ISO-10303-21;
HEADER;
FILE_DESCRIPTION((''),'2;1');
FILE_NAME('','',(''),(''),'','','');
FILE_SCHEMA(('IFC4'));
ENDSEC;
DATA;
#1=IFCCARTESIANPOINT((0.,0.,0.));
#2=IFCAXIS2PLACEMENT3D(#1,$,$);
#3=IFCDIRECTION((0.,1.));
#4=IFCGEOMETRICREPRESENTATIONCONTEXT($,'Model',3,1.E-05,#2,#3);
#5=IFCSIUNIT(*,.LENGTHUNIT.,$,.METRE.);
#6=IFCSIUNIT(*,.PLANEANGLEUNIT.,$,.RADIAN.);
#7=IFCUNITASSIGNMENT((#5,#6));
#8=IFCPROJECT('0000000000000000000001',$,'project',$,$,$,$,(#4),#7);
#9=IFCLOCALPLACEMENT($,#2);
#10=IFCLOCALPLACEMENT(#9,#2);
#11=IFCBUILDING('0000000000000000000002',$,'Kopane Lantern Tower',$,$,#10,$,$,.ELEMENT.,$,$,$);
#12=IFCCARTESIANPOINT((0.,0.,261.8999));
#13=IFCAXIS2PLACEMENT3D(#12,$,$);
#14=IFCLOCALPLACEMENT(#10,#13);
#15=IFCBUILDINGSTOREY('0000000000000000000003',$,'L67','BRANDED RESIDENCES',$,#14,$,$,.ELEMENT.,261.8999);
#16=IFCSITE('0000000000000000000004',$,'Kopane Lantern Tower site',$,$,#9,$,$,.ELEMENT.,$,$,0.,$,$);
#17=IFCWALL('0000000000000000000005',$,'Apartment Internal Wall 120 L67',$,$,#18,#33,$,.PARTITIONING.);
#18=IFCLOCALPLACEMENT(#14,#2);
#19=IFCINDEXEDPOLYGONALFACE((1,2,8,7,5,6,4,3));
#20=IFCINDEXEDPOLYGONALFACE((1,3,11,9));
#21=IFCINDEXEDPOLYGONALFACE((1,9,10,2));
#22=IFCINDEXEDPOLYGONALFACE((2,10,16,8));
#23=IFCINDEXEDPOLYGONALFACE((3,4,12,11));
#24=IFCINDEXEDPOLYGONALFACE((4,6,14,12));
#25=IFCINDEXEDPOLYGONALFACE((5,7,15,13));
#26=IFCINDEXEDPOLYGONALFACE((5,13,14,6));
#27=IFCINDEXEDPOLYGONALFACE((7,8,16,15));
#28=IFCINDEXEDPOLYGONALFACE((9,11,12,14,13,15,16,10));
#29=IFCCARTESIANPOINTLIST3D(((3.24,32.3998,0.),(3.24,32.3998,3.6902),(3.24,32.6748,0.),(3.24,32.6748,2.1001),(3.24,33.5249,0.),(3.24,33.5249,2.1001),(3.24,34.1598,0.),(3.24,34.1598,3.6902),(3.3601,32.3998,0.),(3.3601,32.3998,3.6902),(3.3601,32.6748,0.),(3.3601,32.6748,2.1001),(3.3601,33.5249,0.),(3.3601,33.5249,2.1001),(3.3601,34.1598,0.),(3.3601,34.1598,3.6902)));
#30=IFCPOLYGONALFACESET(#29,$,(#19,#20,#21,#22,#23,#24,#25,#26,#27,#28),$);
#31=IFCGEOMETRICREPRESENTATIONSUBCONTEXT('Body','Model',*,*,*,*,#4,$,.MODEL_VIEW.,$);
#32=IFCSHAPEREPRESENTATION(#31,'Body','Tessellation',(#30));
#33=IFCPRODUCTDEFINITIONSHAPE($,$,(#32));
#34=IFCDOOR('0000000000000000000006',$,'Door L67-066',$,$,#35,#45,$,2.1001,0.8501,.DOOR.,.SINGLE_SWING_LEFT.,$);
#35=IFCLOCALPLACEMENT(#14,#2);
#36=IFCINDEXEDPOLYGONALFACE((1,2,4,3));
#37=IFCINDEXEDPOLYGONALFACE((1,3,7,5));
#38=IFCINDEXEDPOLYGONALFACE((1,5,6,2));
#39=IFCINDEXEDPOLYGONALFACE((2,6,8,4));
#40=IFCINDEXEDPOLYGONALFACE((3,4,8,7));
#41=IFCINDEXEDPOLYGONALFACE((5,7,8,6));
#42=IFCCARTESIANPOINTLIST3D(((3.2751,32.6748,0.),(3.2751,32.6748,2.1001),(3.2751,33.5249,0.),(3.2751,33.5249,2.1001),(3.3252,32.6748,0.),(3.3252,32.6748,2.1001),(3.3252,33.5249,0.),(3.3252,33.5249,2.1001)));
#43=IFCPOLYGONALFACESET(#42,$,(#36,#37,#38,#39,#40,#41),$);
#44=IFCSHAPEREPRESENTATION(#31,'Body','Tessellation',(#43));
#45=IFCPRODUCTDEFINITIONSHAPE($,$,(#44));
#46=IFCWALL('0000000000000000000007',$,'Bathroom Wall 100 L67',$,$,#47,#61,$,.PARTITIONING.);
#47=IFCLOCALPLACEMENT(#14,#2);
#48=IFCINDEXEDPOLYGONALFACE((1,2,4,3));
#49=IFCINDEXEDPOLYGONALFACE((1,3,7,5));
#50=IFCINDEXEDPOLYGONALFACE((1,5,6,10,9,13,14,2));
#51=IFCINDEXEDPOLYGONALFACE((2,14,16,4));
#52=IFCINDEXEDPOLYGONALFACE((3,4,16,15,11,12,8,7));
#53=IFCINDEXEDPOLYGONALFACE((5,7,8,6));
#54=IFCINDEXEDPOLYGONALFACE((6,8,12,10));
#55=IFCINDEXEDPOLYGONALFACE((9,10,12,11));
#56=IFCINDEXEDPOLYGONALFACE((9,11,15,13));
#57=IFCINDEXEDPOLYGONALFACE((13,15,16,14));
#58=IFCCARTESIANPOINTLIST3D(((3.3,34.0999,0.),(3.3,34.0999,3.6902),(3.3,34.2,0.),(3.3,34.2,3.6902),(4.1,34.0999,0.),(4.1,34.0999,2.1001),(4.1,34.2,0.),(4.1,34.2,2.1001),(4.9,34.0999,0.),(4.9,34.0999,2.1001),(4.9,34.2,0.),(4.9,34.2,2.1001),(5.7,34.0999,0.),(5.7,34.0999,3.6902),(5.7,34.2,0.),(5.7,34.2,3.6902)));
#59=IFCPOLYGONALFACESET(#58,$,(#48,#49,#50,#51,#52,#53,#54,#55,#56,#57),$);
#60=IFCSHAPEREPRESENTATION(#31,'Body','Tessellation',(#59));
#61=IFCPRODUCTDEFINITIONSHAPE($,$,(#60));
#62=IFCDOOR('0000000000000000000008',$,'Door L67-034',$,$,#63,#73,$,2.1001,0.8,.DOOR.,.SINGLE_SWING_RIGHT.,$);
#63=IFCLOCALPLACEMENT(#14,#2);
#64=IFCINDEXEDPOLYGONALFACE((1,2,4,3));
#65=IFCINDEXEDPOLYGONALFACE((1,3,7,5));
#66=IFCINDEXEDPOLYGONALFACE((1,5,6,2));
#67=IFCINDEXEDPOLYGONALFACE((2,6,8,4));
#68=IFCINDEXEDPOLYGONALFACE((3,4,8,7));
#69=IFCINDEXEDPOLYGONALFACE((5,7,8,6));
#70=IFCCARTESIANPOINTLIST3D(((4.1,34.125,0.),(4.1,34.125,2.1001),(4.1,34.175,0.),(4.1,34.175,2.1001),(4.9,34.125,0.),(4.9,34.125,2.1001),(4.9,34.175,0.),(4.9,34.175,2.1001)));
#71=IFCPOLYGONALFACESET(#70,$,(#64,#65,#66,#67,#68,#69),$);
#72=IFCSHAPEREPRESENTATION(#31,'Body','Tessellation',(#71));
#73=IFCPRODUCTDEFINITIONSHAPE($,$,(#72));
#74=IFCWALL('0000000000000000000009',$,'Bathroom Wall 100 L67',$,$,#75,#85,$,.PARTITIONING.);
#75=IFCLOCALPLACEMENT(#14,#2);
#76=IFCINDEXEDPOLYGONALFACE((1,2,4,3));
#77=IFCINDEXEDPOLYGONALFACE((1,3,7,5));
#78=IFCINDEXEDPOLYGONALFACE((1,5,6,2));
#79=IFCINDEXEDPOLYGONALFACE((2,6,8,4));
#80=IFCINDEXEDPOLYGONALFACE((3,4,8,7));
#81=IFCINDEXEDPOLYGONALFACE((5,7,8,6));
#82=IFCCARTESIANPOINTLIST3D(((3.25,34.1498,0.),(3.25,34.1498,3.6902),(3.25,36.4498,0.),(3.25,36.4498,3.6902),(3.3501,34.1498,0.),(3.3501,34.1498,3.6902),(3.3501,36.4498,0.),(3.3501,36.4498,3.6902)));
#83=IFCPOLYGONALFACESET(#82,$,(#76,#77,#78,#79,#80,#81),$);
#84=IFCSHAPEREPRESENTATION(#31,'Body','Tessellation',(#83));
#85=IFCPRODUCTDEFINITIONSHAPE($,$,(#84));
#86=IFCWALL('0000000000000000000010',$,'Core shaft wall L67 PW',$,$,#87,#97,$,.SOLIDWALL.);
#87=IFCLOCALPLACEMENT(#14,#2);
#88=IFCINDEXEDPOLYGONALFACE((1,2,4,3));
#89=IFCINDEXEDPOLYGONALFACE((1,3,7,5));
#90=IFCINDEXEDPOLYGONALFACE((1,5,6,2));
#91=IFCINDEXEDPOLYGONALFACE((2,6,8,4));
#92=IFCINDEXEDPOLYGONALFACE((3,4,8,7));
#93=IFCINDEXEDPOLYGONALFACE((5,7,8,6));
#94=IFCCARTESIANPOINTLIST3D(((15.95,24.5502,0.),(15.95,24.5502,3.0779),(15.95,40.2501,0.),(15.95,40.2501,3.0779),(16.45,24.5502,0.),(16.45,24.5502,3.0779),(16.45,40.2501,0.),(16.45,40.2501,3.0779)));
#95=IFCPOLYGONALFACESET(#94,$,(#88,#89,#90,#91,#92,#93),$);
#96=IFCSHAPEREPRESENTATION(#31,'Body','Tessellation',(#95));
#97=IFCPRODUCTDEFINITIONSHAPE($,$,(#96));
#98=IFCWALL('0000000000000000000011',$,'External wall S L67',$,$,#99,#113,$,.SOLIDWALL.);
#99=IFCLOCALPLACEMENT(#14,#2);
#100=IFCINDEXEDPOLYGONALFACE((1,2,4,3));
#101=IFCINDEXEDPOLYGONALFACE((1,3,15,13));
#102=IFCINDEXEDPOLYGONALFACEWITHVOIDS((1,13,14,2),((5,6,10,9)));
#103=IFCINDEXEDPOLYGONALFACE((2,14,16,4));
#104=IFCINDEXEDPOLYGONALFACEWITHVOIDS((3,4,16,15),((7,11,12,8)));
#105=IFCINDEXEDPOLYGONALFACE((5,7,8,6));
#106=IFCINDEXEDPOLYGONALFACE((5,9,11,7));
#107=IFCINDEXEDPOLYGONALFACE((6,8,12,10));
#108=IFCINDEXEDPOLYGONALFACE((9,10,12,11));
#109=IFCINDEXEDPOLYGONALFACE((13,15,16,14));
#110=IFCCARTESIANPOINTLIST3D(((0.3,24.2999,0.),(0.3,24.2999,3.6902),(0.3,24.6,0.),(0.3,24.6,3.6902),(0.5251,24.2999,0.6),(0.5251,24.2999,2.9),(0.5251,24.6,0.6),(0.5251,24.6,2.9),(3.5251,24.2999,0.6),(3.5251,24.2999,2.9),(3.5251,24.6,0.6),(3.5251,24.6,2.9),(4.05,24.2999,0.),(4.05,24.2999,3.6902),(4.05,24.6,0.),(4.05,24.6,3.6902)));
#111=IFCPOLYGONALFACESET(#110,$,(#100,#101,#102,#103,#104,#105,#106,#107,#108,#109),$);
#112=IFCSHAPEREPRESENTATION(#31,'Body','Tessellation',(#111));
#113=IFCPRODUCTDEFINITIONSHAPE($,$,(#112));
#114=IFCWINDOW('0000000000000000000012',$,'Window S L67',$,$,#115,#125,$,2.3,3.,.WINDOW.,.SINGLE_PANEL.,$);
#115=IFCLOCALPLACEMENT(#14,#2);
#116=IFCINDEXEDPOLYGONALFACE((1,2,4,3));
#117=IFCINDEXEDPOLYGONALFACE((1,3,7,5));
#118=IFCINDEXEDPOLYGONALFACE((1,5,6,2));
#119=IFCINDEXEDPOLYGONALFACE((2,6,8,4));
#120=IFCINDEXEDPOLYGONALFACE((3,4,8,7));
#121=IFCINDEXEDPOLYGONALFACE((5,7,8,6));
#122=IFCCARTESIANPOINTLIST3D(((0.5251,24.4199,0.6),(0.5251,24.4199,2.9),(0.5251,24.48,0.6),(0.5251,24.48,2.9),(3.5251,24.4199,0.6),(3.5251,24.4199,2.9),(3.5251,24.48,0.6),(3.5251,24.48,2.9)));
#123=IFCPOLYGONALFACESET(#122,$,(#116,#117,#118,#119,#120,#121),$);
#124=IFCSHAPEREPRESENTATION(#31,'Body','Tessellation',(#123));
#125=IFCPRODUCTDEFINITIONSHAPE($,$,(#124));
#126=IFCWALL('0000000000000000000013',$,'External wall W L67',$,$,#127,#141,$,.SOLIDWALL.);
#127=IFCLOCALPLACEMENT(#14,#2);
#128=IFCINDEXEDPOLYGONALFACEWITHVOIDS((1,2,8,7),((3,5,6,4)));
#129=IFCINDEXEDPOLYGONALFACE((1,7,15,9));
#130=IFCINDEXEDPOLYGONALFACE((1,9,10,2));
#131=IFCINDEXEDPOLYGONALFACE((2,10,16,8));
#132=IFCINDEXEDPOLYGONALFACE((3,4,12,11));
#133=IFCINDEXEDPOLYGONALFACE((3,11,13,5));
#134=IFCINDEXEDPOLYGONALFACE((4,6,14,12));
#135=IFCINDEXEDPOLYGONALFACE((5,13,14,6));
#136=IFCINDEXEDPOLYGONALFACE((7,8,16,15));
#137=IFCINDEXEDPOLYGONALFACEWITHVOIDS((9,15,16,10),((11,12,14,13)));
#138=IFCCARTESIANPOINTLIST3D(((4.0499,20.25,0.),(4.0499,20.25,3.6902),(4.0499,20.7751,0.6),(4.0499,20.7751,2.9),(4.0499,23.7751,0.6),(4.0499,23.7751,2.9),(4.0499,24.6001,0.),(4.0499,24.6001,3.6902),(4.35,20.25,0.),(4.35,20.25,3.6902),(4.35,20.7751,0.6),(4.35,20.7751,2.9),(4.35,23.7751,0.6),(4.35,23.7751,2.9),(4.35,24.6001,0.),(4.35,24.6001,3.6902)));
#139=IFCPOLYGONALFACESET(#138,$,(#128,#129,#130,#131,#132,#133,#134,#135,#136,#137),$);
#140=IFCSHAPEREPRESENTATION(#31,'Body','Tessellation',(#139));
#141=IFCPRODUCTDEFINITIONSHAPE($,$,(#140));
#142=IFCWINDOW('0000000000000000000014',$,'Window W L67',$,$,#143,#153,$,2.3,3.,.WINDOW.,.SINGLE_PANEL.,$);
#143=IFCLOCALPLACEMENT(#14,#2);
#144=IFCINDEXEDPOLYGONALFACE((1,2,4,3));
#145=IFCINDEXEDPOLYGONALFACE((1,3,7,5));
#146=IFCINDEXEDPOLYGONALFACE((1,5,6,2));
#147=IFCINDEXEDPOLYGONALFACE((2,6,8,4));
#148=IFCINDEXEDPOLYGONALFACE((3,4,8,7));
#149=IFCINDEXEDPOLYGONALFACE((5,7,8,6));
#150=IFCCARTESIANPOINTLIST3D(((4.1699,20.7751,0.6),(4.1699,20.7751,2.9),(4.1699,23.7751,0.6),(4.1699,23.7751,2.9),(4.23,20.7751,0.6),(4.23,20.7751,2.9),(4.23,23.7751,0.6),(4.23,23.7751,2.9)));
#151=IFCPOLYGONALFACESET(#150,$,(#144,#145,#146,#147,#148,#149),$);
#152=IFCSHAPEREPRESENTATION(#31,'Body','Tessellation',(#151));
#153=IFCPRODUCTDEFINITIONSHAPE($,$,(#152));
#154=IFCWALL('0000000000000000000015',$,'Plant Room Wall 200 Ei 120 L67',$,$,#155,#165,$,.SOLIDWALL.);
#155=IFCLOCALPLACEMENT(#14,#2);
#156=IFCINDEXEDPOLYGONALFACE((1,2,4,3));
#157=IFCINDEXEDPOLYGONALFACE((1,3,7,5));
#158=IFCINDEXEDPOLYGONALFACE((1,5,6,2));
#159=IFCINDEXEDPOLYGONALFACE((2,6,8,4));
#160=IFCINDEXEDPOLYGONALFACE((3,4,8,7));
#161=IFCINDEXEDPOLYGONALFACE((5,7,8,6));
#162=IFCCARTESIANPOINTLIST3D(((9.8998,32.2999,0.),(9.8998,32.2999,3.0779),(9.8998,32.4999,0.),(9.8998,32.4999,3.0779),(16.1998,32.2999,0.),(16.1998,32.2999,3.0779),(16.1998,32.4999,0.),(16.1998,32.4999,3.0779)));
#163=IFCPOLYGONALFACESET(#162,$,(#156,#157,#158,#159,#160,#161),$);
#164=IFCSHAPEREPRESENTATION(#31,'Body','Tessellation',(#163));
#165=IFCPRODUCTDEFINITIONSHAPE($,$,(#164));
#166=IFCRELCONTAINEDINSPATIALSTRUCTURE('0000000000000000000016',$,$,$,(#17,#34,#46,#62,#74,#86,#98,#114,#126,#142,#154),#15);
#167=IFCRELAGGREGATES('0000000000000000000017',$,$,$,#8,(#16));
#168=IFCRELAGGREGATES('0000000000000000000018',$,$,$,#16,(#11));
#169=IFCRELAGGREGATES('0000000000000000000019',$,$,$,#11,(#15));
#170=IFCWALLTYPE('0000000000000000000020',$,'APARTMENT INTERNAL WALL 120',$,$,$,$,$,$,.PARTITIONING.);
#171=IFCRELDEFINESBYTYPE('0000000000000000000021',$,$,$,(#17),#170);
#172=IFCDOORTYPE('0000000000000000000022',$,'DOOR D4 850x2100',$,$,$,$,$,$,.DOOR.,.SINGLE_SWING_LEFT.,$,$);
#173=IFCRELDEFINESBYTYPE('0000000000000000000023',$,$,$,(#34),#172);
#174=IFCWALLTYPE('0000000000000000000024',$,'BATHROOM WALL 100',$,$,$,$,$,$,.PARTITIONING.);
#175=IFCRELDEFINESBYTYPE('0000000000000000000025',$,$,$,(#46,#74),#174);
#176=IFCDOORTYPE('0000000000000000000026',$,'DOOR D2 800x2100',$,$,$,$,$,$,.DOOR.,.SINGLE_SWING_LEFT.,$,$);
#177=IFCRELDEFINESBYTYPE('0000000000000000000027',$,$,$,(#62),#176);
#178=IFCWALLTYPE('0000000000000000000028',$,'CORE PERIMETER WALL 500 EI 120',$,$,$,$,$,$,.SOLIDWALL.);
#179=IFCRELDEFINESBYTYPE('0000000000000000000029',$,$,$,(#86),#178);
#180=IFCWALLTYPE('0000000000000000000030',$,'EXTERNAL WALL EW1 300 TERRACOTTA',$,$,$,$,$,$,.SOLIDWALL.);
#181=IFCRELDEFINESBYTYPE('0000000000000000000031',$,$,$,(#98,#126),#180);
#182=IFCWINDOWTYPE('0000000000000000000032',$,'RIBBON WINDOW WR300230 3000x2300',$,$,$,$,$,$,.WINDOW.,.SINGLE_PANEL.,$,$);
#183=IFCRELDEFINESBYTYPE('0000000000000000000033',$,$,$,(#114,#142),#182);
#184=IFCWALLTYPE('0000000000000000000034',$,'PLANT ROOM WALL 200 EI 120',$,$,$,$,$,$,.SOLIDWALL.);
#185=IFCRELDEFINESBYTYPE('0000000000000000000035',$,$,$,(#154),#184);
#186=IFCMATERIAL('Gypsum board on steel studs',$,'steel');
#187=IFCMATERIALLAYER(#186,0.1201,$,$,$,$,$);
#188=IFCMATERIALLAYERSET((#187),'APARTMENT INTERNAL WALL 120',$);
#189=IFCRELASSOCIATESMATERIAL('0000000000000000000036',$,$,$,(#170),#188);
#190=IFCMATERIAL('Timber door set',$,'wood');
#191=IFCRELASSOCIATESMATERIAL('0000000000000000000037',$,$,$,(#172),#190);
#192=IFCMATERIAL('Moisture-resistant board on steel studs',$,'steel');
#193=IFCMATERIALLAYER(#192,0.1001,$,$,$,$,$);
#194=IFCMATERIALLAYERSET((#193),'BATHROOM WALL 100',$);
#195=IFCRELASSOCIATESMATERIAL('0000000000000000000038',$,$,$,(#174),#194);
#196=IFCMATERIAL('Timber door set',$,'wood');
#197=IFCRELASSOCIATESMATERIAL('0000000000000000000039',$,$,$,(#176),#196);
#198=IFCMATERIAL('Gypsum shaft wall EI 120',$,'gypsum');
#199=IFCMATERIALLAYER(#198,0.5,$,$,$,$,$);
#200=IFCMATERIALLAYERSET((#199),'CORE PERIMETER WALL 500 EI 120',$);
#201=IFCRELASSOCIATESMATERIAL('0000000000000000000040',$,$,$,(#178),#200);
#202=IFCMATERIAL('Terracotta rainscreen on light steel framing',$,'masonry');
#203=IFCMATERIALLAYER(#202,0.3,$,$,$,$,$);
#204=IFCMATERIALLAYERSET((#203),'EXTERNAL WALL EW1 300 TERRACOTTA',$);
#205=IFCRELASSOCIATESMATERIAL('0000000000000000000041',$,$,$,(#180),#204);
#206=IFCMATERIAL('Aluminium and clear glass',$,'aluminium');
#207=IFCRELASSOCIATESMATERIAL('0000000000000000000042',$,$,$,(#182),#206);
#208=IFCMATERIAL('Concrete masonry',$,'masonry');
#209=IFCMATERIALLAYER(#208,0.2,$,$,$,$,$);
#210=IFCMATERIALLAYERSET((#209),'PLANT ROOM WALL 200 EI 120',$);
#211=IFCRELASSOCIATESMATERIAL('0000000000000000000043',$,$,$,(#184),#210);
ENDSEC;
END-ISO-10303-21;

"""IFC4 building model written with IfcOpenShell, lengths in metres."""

from ifc_helpers import new_model, si_unit, direction, frame, frame_2d, origin, place, context, subcontext, project, spatial, rectangle, extrude, material, layer, layer_set, type_object, element, fill, save


model = new_model("IFC4")

# Units and contexts
model_context = context("Model", 3, precision=1e-05, world=origin(), true_north=direction((0.0, 1.0)))
body_context = subcontext(model_context, "Body", "Model", "MODEL_VIEW")
ifc_project = project(units=[si_unit("LENGTHUNIT", "METRE"), si_unit("PLANEANGLEUNIT", "RADIAN")], contexts=[model_context])

# Site, building, storey
site_placement = place(None, origin())
site = spatial("IfcSite", under=ifc_project, at=site_placement, Name="Kopane Lantern Tower site", CompositionType="ELEMENT", RefElevation=0.0)
building_placement = place(site_placement, origin())
building = spatial("IfcBuilding", under=site, at=building_placement, Name="Kopane Lantern Tower", CompositionType="ELEMENT")
storey_placement = place(building_placement, frame((0.0, 0.0, 261.8999)))
storey = spatial("IfcBuildingStorey", under=building, at=storey_placement, Name="L67", Description="BRANDED RESIDENCES", CompositionType="ELEMENT", Elevation=261.8999)

# Shared definitions
ifc_material_1 = material(Name="Gypsum board on steel studs", Category="steel")
ifc_layer_1 = layer(ifc_material_1, 0.1201)
ifc_layer_set_1 = layer_set([ifc_layer_1], Name="APARTMENT INTERNAL WALL 120")
wall_type_1 = type_object("IfcWallType", Name="APARTMENT INTERNAL WALL 120", PredefinedType="PARTITIONING", material=ifc_layer_set_1)

# Walls, openings, doors
wall_1_placement = place(storey_placement, frame((3.3, 32.3999, 0.0), z_axis=(0.0, 0.0, 1.0), x_axis=(0.0, 1.0, 0.0)))
wall_1 = element("IfcWall", 1, at=wall_1_placement, inside=storey, type_object=wall_type_1, Name="Apartment Internal Wall 120 L67", PredefinedType="PARTITIONING", context=body_context, shape_type="SweptSolid", body=[
    extrude(rectangle(XDim=1.76, YDim=0.1201, at=frame_2d((0.8799, 0.0))), origin(), (0.0, 0.0, 1.0), 3.6902),
])
opening_1_placement = place(wall_1_placement, frame((0.2749, 0.0, 0.0)))
opening_1 = element("IfcOpeningElement", 2, at=opening_1_placement, cuts=wall_1, PredefinedType="OPENING", context=body_context, shape_type="SweptSolid", body=[
    extrude(rectangle(XDim=0.8501, YDim=2.1001, at=frame_2d((0.425, 1.05))), frame((0.0, 0.0701, 0.0), z_axis=(0.0, -1.0, 0.0), x_axis=(1.0, 0.0, 0.0)), (0.0, 0.0, 1.0), 0.1401),
])
ifc_material_2 = material(Name="Timber door set", Category="wood")
door_type_1 = type_object("IfcDoorType", Name="DOOR D4 850x2100", OperationType="SINGLE_SWING_LEFT", PredefinedType="DOOR", material=ifc_material_2)
door_1_placement = place(opening_1_placement, origin())
door_1 = element("IfcDoor", 3, at=door_1_placement, inside=storey, type_object=door_type_1, Name="Door L67-066", OperationType="SINGLE_SWING_LEFT", OverallHeight=2.1001, OverallWidth=0.8501, PredefinedType="DOOR", context=body_context, shape_type="SweptSolid", body=[
    extrude(rectangle(XDim=0.8501, YDim=2.1001, at=frame_2d((0.425, 1.05))), frame((0.0, 0.0249, 0.0), z_axis=(0.0, -1.0, 0.0), x_axis=(1.0, 0.0, 0.0)), (0.0, 0.0, 1.0), 0.05),
])
fill(opening_1, door_1)
ifc_material_3 = material(Name="Moisture-resistant board on steel studs", Category="steel")
ifc_layer_2 = layer(ifc_material_3, 0.1001)
ifc_layer_set_2 = layer_set([ifc_layer_2], Name="BATHROOM WALL 100")
wall_type_2 = type_object("IfcWallType", Name="BATHROOM WALL 100", PredefinedType="PARTITIONING", material=ifc_layer_set_2)
wall_2_placement = place(storey_placement, frame((5.7, 34.1499, 0.0), z_axis=(0.0, 0.0, 1.0), x_axis=(-1.0, 0.0, 0.0)))
wall_2 = element("IfcWall", 4, at=wall_2_placement, inside=storey, type_object=wall_type_2, Name="Bathroom Wall 100 L67", PredefinedType="PARTITIONING", context=body_context, shape_type="SweptSolid", body=[
    extrude(rectangle(XDim=2.3999, YDim=0.1001, at=frame_2d((1.2, 0.0))), origin(), (0.0, 0.0, 1.0), 3.6902),
])
opening_2_placement = place(wall_2_placement, frame((0.8, 0.0, 0.0)))
opening_2 = element("IfcOpeningElement", 5, at=opening_2_placement, cuts=wall_2, PredefinedType="OPENING", context=body_context, shape_type="SweptSolid", body=[
    extrude(rectangle(XDim=0.8, YDim=2.1001, at=frame_2d((0.3999, 1.05))), frame((0.0, 0.0601, 0.0), z_axis=(0.0, -1.0, 0.0), x_axis=(1.0, 0.0, 0.0)), (0.0, 0.0, 1.0), 0.1201),
])
ifc_material_4 = material(Name="Timber door set", Category="wood")
door_type_2 = type_object("IfcDoorType", Name="DOOR D2 800x2100", OperationType="SINGLE_SWING_LEFT", PredefinedType="DOOR", material=ifc_material_4)
door_2_placement = place(opening_2_placement, origin())
door_2 = element("IfcDoor", 6, at=door_2_placement, inside=storey, type_object=door_type_2, Name="Door L67-034", OperationType="SINGLE_SWING_RIGHT", OverallHeight=2.1001, OverallWidth=0.8, PredefinedType="DOOR", context=body_context, shape_type="SweptSolid", body=[
    extrude(rectangle(XDim=0.8, YDim=2.1001, at=frame_2d((0.3999, 1.05))), frame((0.0, 0.0249, 0.0), z_axis=(0.0, -1.0, 0.0), x_axis=(1.0, 0.0, 0.0)), (0.0, 0.0, 1.0), 0.05),
])
fill(opening_2, door_2)

# Walls
wall_3_placement = place(storey_placement, frame((3.3, 34.1499, 0.0), z_axis=(0.0, 0.0, 1.0), x_axis=(0.0, 1.0, 0.0)))
element("IfcWall", 7, at=wall_3_placement, inside=storey, type_object=wall_type_2, Name="Bathroom Wall 100 L67", PredefinedType="PARTITIONING", context=body_context, shape_type="SweptSolid", body=[
    extrude(rectangle(XDim=2.3, YDim=0.1001, at=frame_2d((1.1499, 0.0))), origin(), (0.0, 0.0, 1.0), 3.6902),
])
ifc_material_5 = material(Name="Gypsum shaft wall EI 120", Category="gypsum")
ifc_layer_3 = layer(ifc_material_5, 0.5)
ifc_layer_set_3 = layer_set([ifc_layer_3], Name="CORE PERIMETER WALL 500 EI 120")
wall_type_3 = type_object("IfcWallType", Name="CORE PERIMETER WALL 500 EI 120", PredefinedType="SOLIDWALL", material=ifc_layer_set_3)
wall_4_placement = place(storey_placement, frame((16.2, 24.55, 0.0), z_axis=(0.0, 0.0, 1.0), x_axis=(0.0, 1.0, 0.0)))
element("IfcWall", 8, at=wall_4_placement, inside=storey, type_object=wall_type_3, Name="Core shaft wall L67 PW", PredefinedType="SOLIDWALL", context=body_context, shape_type="SweptSolid", body=[
    extrude(rectangle(XDim=15.7, YDim=0.5, at=frame_2d((7.8501, 0.0))), origin(), (0.0, 0.0, 1.0), 3.0779),
])

# Walls, openings, windows
ifc_material_6 = material(Name="Terracotta rainscreen on light steel framing", Category="masonry")
ifc_layer_4 = layer(ifc_material_6, 0.3)
ifc_layer_set_4 = layer_set([ifc_layer_4], Name="EXTERNAL WALL EW1 300 TERRACOTTA")
wall_type_4 = type_object("IfcWallType", Name="EXTERNAL WALL EW1 300 TERRACOTTA", PredefinedType="SOLIDWALL", material=ifc_layer_set_4)
wall_5_placement = place(storey_placement, frame((0.3, 24.45, 0.0), z_axis=(0.0, 0.0, 1.0), x_axis=(1.0, 0.0, 0.0)))
wall_5 = element("IfcWall", 9, at=wall_5_placement, inside=storey, type_object=wall_type_4, Name="External wall S L67", PredefinedType="SOLIDWALL", context=body_context, shape_type="SweptSolid", body=[
    extrude(rectangle(XDim=3.75, YDim=0.3, at=frame_2d((1.875, 0.0))), origin(), (0.0, 0.0, 1.0), 3.6902),
])
opening_3_placement = place(wall_5_placement, frame((0.2251, 0.0, 0.6001)))
opening_3 = element("IfcOpeningElement", 10, at=opening_3_placement, cuts=wall_5, PredefinedType="OPENING", context=body_context, shape_type="SweptSolid", body=[
    extrude(rectangle(XDim=3.0, YDim=2.3, at=frame_2d((1.5, 1.1499))), frame((0.0, 0.1599, 0.0), z_axis=(0.0, -1.0, 0.0), x_axis=(1.0, 0.0, 0.0)), (0.0, 0.0, 1.0), 0.3201),
])
ifc_material_7 = material(Name="Aluminium and clear glass", Category="aluminium")
window_type = type_object("IfcWindowType", Name="RIBBON WINDOW WR300230 3000x2300", PartitioningType="SINGLE_PANEL", PredefinedType="WINDOW", material=ifc_material_7)
window_1_placement = place(opening_3_placement, origin())
window_1 = element("IfcWindow", 11, at=window_1_placement, inside=storey, type_object=window_type, Name="Window S L67", OverallHeight=2.3, OverallWidth=3.0, PartitioningType="SINGLE_PANEL", PredefinedType="WINDOW", context=body_context, shape_type="SweptSolid", body=[
    extrude(rectangle(XDim=3.0, YDim=2.3, at=frame_2d((1.5, 1.1499))), frame((0.0, 0.03, 0.0), z_axis=(0.0, -1.0, 0.0), x_axis=(1.0, 0.0, 0.0)), (0.0, 0.0, 1.0), 0.0601),
])
fill(opening_3, window_1)
wall_6_placement = place(storey_placement, frame((4.2, 24.6001, 0.0), z_axis=(0.0, 0.0, 1.0), x_axis=(0.0, -1.0, 0.0)))
wall_6 = element("IfcWall", 12, at=wall_6_placement, inside=storey, type_object=wall_type_4, Name="External wall W L67", PredefinedType="SOLIDWALL", context=body_context, shape_type="SweptSolid", body=[
    extrude(rectangle(XDim=4.3501, YDim=0.3, at=frame_2d((2.175, 0.0))), origin(), (0.0, 0.0, 1.0), 3.6902),
])
opening_4_placement = place(wall_6_placement, frame((0.825, 0.0, 0.6001)))
opening_4 = element("IfcOpeningElement", 13, at=opening_4_placement, cuts=wall_6, PredefinedType="OPENING", context=body_context, shape_type="SweptSolid", body=[
    extrude(rectangle(XDim=3.0, YDim=2.3, at=frame_2d((1.5, 1.1499))), frame((0.0, 0.1599, 0.0), z_axis=(0.0, -1.0, 0.0), x_axis=(1.0, 0.0, 0.0)), (0.0, 0.0, 1.0), 0.3201),
])
window_2_placement = place(opening_4_placement, origin())
window_2 = element("IfcWindow", 14, at=window_2_placement, inside=storey, type_object=window_type, Name="Window W L67", OverallHeight=2.3, OverallWidth=3.0, PartitioningType="SINGLE_PANEL", PredefinedType="WINDOW", context=body_context, shape_type="SweptSolid", body=[
    extrude(rectangle(XDim=3.0, YDim=2.3, at=frame_2d((1.5, 1.1499))), frame((0.0, 0.03, 0.0), z_axis=(0.0, -1.0, 0.0), x_axis=(1.0, 0.0, 0.0)), (0.0, 0.0, 1.0), 0.0601),
])
fill(opening_4, window_2)

# Wall
ifc_material_8 = material(Name="Concrete masonry", Category="masonry")
ifc_layer_5 = layer(ifc_material_8, 0.2)
ifc_layer_set_5 = layer_set([ifc_layer_5], Name="PLANT ROOM WALL 200 EI 120")
wall_type_5 = type_object("IfcWallType", Name="PLANT ROOM WALL 200 EI 120", PredefinedType="SOLIDWALL", material=ifc_layer_set_5)
wall_7_placement = place(storey_placement, frame((9.8999, 32.3999, 0.0), z_axis=(0.0, 0.0, 1.0), x_axis=(1.0, 0.0, 0.0)))
element("IfcWall", 15, at=wall_7_placement, inside=storey, type_object=wall_type_5, Name="Plant Room Wall 200 Ei 120 L67", PredefinedType="SOLIDWALL", context=body_context, shape_type="SweptSolid", body=[
    extrude(rectangle(XDim=6.3, YDim=0.2, at=frame_2d((3.1499, 0.0))), origin(), (0.0, 0.0, 1.0), 3.0779),
])

save(model, "model.ifc")
